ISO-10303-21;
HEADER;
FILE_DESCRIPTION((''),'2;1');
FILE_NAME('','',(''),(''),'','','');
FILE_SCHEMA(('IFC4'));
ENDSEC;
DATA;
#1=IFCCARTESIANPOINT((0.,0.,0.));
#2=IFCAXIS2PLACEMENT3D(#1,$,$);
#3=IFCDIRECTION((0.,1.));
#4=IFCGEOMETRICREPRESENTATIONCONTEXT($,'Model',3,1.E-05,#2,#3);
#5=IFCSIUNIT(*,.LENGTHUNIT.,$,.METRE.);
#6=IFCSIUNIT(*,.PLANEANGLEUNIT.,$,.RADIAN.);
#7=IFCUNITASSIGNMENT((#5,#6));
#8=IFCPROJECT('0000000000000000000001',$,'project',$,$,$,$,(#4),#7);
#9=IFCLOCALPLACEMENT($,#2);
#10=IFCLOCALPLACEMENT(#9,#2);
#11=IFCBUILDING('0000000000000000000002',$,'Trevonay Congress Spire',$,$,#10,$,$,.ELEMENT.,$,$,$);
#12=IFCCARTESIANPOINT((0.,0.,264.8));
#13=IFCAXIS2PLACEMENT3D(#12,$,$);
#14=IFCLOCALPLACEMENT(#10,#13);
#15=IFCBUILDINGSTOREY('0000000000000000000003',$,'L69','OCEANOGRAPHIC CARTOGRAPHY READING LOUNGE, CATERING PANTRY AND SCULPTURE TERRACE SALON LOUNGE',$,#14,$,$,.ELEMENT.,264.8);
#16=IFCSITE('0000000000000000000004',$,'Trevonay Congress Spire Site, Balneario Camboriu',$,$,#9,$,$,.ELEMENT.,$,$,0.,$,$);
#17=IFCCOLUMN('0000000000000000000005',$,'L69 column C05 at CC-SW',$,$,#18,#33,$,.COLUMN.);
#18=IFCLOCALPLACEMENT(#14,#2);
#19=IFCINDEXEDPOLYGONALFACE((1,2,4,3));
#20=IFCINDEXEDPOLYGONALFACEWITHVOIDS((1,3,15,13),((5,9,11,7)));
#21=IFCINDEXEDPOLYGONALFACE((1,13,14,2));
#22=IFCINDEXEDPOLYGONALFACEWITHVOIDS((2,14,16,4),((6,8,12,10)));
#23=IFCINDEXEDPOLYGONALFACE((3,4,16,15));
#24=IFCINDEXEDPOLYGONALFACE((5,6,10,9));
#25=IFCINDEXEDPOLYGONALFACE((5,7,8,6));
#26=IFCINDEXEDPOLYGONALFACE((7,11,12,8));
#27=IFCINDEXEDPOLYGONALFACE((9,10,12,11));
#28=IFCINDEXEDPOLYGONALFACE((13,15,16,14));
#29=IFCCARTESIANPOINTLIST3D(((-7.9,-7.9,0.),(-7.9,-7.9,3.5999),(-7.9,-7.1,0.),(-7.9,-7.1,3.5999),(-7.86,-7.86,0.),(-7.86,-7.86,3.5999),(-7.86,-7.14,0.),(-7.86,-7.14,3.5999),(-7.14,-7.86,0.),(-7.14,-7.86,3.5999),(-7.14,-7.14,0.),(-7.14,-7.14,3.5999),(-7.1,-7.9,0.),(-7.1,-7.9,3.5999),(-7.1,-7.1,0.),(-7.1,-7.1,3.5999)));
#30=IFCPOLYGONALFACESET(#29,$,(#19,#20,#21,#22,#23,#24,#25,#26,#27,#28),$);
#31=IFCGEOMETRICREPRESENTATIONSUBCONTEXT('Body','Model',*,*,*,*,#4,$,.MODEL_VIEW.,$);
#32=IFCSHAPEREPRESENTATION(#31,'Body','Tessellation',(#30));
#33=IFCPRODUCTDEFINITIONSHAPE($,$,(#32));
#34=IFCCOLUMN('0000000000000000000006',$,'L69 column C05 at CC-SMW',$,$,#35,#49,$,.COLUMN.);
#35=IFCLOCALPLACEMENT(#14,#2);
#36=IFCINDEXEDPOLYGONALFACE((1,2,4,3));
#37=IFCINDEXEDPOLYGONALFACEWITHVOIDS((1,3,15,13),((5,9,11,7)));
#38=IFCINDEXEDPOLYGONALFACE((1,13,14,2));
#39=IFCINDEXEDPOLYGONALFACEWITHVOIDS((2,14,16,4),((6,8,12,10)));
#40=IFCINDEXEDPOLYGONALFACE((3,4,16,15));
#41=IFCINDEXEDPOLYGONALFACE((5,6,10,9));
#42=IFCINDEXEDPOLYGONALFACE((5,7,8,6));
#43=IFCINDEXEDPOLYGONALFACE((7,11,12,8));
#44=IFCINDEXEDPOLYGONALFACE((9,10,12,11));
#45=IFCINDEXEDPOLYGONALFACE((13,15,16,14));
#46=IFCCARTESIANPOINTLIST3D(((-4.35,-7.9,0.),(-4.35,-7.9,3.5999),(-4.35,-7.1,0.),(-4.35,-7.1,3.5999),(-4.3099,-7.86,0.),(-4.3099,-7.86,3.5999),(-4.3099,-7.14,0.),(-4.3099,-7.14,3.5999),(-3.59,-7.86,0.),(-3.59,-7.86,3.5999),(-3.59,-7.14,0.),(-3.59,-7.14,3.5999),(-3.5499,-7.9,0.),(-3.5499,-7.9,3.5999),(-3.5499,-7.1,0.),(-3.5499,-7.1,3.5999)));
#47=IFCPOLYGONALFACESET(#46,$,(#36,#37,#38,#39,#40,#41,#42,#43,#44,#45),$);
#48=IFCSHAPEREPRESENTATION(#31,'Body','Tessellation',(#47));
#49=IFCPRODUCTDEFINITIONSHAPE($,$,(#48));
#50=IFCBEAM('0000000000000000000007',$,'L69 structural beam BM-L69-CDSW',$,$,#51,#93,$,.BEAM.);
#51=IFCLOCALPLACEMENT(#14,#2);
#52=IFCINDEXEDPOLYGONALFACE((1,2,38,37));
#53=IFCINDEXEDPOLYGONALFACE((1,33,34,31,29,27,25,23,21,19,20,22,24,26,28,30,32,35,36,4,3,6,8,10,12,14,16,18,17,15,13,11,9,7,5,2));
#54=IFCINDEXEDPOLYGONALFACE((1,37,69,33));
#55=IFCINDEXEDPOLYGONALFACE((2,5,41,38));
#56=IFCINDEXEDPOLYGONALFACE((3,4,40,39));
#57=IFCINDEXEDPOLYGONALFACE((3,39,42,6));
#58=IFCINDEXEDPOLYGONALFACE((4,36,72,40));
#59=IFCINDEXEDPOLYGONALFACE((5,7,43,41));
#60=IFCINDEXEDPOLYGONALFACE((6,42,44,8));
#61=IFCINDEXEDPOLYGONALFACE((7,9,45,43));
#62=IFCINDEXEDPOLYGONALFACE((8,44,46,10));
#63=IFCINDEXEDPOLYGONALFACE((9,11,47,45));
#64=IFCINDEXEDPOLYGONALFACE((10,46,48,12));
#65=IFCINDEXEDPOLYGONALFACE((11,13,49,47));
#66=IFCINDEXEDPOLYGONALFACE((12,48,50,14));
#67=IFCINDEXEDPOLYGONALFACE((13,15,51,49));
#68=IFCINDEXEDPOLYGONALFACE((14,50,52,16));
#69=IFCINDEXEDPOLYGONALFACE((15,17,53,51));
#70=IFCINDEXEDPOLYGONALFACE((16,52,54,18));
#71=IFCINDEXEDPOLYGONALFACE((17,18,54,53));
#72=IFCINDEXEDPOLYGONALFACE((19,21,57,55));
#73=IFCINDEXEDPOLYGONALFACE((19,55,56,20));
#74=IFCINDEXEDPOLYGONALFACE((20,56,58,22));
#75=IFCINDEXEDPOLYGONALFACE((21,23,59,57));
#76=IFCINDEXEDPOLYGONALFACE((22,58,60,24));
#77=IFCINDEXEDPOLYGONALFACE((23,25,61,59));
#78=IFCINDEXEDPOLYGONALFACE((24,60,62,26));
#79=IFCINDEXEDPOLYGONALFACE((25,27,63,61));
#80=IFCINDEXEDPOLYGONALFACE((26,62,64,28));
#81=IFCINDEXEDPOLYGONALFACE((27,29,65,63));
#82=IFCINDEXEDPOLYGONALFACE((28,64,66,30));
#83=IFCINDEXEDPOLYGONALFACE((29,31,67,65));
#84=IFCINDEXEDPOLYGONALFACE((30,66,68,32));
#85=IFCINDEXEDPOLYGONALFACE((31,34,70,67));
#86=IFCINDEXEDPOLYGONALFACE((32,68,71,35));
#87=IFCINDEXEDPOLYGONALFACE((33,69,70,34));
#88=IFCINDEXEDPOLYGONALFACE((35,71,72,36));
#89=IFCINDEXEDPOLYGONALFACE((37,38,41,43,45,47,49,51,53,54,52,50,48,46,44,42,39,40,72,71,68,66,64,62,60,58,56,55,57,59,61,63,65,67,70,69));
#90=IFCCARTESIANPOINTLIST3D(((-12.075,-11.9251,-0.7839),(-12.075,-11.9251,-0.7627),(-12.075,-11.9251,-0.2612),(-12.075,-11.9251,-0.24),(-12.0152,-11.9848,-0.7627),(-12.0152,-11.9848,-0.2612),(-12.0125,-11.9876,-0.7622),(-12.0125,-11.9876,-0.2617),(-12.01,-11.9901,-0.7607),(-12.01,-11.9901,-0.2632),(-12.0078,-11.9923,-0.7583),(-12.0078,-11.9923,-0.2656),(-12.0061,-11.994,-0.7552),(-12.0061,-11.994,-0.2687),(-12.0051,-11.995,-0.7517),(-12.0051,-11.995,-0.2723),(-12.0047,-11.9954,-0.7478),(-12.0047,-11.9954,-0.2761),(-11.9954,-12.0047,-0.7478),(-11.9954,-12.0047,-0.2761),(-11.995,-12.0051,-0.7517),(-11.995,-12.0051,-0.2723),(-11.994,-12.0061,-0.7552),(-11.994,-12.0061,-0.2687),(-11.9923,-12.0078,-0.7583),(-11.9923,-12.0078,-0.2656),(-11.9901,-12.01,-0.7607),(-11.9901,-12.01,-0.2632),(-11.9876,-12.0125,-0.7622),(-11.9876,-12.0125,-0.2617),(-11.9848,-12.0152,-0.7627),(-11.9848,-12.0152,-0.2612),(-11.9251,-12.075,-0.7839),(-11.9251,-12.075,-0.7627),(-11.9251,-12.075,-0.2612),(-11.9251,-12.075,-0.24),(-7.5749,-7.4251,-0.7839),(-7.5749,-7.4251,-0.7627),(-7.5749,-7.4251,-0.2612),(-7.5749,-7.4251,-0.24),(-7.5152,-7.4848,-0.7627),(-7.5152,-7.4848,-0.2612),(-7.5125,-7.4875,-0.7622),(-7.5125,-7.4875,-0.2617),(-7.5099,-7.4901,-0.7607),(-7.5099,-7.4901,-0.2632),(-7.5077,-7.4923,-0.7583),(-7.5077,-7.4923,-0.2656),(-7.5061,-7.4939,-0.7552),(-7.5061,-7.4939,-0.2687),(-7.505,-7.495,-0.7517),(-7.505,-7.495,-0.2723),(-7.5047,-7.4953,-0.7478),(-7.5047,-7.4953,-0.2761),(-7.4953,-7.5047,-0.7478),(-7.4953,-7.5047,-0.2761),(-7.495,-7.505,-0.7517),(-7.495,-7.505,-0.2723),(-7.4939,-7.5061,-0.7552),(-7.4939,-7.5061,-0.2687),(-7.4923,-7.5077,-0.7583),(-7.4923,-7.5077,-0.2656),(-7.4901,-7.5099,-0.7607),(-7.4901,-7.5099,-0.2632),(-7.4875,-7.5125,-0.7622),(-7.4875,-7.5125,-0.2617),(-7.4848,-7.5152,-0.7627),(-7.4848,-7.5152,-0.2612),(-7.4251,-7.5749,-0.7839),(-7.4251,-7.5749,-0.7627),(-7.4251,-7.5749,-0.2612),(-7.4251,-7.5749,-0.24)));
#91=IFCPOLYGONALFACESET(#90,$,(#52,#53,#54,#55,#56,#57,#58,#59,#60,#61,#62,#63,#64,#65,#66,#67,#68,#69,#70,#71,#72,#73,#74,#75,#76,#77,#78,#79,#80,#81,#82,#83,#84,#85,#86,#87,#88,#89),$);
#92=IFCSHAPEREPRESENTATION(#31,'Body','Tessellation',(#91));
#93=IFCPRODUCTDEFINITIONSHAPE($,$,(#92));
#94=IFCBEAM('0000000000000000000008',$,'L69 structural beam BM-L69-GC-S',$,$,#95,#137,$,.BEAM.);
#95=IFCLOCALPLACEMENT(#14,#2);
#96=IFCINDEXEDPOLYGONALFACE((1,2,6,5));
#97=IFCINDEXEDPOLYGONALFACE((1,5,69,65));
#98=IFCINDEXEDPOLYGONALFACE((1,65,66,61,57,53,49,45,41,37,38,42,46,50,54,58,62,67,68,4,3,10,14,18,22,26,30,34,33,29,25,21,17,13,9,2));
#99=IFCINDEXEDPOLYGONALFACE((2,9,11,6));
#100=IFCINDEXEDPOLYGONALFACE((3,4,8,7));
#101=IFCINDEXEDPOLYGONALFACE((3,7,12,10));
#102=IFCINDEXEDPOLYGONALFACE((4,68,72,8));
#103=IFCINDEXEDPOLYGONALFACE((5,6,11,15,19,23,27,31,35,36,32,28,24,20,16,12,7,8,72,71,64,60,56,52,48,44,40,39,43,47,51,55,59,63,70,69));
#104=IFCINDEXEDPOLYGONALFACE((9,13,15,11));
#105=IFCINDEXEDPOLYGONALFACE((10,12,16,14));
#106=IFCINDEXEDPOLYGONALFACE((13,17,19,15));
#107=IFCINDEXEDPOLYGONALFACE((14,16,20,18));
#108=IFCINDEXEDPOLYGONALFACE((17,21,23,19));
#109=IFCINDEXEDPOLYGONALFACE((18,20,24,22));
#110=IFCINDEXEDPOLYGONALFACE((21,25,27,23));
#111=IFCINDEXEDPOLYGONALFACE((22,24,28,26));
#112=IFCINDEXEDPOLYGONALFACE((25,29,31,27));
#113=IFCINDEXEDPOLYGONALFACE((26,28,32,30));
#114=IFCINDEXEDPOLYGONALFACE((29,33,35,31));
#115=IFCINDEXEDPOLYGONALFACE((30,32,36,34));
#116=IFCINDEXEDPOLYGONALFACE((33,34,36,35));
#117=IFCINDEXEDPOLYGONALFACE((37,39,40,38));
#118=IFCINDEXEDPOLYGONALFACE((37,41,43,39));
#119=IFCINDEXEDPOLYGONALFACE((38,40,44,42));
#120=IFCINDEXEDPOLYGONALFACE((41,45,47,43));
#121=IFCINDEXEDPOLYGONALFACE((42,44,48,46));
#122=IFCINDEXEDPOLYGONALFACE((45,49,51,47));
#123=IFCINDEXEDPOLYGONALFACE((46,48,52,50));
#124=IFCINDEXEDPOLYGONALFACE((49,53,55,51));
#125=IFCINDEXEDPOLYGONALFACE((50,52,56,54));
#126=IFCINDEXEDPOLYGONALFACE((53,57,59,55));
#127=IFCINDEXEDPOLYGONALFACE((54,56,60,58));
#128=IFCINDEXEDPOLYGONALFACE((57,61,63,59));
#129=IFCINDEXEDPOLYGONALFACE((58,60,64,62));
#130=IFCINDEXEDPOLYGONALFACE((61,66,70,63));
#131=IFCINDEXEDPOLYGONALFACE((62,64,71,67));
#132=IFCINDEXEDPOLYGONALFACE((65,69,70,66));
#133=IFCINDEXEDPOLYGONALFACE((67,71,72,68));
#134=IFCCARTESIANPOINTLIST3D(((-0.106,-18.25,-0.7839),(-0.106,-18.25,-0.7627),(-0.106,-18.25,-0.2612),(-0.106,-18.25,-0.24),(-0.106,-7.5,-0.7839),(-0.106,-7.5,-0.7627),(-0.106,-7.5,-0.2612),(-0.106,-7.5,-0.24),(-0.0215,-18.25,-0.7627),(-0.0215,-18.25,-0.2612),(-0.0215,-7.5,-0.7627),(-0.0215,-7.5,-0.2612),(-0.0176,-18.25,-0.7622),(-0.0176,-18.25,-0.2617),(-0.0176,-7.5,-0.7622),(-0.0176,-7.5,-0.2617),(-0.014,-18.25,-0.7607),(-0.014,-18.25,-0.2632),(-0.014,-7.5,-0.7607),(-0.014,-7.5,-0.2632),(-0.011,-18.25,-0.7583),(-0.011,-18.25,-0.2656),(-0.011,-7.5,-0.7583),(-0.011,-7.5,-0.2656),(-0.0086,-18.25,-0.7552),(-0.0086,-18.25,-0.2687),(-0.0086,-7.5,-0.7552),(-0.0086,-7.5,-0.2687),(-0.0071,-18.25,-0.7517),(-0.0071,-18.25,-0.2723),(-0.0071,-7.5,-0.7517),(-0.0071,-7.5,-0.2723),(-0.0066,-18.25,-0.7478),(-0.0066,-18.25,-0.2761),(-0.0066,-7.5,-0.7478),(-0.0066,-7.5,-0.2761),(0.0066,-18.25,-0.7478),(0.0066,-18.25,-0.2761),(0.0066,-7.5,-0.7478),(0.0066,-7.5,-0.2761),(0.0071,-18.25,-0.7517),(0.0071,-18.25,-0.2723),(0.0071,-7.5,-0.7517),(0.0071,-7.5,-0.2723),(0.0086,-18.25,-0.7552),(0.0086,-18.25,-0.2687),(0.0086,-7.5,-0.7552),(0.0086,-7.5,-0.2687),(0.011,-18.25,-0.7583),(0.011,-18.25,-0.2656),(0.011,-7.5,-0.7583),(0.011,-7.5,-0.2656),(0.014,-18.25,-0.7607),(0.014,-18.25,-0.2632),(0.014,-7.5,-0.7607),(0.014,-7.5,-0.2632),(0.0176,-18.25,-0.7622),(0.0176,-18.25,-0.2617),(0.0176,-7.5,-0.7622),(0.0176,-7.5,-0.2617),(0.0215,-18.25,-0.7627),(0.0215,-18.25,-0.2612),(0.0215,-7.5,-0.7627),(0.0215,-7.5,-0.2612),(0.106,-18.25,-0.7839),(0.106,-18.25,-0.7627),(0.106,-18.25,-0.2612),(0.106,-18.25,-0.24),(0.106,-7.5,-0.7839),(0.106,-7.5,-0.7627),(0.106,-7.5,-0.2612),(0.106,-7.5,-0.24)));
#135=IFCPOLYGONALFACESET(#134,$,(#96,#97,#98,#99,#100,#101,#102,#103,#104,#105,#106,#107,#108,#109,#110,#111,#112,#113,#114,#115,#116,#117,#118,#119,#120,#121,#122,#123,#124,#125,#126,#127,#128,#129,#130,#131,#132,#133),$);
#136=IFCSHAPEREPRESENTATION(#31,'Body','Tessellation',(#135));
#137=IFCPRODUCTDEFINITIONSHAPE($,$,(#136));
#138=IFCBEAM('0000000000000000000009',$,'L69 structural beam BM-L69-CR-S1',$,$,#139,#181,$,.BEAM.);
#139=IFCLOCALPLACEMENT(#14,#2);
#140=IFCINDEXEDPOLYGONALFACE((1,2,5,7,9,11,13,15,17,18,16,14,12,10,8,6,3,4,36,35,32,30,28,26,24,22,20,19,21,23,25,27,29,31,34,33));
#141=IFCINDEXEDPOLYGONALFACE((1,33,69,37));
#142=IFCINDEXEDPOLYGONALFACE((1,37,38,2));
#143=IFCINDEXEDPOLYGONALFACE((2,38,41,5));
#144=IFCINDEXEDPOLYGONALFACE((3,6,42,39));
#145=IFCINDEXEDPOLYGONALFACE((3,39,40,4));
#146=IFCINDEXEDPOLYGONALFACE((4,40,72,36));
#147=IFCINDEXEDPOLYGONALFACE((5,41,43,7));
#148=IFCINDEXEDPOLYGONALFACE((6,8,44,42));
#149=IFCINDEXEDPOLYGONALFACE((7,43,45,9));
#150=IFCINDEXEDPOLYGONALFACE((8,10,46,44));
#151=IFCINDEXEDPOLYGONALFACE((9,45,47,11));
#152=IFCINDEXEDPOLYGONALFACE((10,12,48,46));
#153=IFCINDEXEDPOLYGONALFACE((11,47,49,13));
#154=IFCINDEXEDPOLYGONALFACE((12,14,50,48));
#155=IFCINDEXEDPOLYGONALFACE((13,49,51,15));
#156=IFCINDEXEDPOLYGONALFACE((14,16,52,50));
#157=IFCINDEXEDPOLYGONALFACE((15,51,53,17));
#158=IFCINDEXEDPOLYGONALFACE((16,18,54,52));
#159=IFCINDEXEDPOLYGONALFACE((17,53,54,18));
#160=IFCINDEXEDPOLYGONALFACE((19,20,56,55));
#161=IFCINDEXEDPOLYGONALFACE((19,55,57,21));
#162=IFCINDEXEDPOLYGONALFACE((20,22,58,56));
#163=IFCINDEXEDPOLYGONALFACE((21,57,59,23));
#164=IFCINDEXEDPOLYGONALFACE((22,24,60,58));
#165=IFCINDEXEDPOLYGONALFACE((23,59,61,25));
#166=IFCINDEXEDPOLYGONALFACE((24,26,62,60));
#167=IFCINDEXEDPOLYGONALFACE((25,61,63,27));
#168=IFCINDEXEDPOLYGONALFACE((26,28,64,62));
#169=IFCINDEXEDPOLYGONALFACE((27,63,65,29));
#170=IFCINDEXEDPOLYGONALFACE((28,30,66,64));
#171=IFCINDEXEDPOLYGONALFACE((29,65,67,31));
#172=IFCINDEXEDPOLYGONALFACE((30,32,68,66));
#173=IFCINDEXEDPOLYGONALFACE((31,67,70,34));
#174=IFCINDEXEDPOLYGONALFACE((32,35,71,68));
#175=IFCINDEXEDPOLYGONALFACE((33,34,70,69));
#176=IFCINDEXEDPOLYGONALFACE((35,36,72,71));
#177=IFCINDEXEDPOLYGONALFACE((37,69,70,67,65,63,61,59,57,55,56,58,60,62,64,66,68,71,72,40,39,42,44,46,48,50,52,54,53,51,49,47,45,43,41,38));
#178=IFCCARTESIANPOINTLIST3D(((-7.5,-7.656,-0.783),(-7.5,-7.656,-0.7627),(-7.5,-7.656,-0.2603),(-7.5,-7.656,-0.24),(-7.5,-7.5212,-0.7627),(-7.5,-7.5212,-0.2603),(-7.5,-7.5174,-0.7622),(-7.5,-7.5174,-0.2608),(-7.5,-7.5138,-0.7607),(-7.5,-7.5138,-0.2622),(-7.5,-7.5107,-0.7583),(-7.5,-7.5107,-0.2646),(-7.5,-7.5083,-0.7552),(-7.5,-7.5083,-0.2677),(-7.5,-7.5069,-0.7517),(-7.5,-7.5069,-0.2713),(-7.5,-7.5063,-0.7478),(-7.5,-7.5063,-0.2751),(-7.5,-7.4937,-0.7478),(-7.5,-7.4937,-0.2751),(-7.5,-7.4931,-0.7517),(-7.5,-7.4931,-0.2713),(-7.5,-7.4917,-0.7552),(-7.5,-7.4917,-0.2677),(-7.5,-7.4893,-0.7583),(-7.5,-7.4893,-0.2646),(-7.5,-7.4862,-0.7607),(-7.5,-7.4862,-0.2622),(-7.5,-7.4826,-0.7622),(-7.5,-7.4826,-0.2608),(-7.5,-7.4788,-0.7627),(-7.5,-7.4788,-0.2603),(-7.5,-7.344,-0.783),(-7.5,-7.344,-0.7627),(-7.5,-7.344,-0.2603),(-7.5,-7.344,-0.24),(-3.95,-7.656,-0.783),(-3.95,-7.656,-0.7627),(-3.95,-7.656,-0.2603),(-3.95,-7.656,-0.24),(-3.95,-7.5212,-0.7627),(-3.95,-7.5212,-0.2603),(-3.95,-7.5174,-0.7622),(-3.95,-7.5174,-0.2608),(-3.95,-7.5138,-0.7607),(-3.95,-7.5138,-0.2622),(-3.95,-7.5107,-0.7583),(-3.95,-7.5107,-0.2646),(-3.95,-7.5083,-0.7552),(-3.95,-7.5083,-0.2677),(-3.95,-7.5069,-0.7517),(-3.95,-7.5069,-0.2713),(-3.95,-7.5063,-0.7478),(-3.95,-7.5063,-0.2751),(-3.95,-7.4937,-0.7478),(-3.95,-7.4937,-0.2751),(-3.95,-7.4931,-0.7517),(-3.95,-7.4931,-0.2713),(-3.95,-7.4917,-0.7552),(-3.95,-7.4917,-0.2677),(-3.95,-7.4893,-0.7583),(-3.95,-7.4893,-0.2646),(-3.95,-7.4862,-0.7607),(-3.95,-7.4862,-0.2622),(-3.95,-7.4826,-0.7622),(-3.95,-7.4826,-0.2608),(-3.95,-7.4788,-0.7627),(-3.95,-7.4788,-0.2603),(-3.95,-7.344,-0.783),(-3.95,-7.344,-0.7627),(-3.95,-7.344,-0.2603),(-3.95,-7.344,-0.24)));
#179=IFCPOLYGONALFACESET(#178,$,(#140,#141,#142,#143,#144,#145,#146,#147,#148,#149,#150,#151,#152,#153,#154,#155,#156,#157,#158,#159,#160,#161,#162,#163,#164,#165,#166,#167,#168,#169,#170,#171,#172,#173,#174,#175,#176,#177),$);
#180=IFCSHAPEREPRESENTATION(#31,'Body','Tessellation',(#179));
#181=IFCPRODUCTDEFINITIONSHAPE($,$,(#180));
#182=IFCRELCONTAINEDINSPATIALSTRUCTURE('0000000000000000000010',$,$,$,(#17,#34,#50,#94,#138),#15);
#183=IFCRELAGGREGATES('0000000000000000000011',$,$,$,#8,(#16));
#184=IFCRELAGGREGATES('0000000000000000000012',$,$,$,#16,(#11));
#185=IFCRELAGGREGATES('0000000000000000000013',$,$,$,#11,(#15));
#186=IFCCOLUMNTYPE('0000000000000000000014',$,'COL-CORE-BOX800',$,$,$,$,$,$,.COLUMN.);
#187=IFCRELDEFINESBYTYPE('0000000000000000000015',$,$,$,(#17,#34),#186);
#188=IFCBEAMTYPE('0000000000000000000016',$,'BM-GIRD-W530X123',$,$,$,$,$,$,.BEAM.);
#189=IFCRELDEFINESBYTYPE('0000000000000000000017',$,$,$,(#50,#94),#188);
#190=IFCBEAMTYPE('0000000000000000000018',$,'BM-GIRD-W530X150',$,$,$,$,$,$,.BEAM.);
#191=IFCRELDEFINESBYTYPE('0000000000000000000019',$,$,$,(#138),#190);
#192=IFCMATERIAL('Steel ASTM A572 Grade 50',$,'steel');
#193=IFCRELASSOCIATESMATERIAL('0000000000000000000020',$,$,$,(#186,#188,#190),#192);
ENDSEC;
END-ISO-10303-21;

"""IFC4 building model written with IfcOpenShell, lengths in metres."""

from ifc_helpers import new_model, si_unit, direction, frame, origin, origin_2d, place, context, subcontext, project, spatial, hollow_rectangle, i_section, extrude, material, material_profile, profile_set, type_object, element, save


model = new_model("IFC4")

# Units and contexts
model_context = context("Model", 3, precision=1e-05, world=origin(), true_north=direction((0.0, 1.0)))
body_context = subcontext(model_context, "Body", "Model", "MODEL_VIEW")
ifc_project = project(units=[si_unit("LENGTHUNIT", "METRE"), si_unit("PLANEANGLEUNIT", "RADIAN")], contexts=[model_context])

# Site, building, storey
site_placement = place(None, origin())
site = spatial("IfcSite", under=ifc_project, at=site_placement, Name="Trevonay Congress Spire Site, Balneario Camboriu", CompositionType="ELEMENT", RefElevation=0.0)
building_placement = place(site_placement, origin())
building = spatial("IfcBuilding", under=site, at=building_placement, Name="Trevonay Congress Spire", CompositionType="ELEMENT")
storey_placement = place(building_placement, frame((0.0, 0.0, 264.8)))
storey = spatial("IfcBuildingStorey", under=building, at=storey_placement, Name="L69", Description="OCEANOGRAPHIC CARTOGRAPHY READING LOUNGE, CATERING PANTRY AND SCULPTURE TERRACE SALON LOUNGE", CompositionType="ELEMENT", Elevation=264.8)

# Columns
ifc_material_1 = material(Name="Steel ASTM A572 Grade 50", Category="steel")
ifc_material_profile_1 = material_profile(ifc_material_1, hollow_rectangle(XDim=0.8, YDim=0.8, WallThickness=0.04, at=origin_2d()), Name="BOX 800x800x40")
ifc_profile_set_1 = profile_set([ifc_material_profile_1], Name="Steel ASTM A572 Grade 50")
column_type = type_object("IfcColumnType", Name="COL-CORE-BOX800", PredefinedType="COLUMN", material=ifc_profile_set_1)
for number, where, z_axis, x_axis, name in (
    (1, (-7.5, -7.5, 0.0), (0.0, 0.0, 1.0), (1.0, 0.0, 0.0), "L69 column C05 at CC-SW"),
    (2, (-3.95, -7.5, 0.0), (0.0, 0.0, 1.0), (1.0, 0.0, 0.0), "L69 column C05 at CC-SMW"),
):
    element("IfcColumn", number, at=place(storey_placement, frame(where, z_axis=z_axis, x_axis=x_axis)), inside=storey, type_object=column_type, Name=name, PredefinedType="COLUMN", context=body_context, shape_type="SweptSolid", body=[
        extrude(hollow_rectangle(XDim=0.8, YDim=0.8, WallThickness=0.04, at=origin_2d()), origin(), (0.0, 0.0, 1.0), 3.5999),
    ])

# Beams
ifc_material_profile_2 = material_profile(ifc_material_1, i_section(OverallWidth=0.2119, OverallDepth=0.5439, WebThickness=0.0132, FlangeThickness=0.0212, FilletRadius=0.0149, at=origin_2d()), Name="W530x123")
ifc_profile_set_2 = profile_set([ifc_material_profile_2], Name="Steel ASTM A572 Grade 50")
beam_type_1 = type_object("IfcBeamType", Name="BM-GIRD-W530X123", PredefinedType="BEAM", material=ifc_profile_set_2)
beam_1_placement = place(storey_placement, frame((-7.5, -7.5, -0.512), z_axis=(-0.707107, -0.707107, 0.0), x_axis=(0.707107, -0.707107, 0.0)))
element("IfcBeam", 3, at=beam_1_placement, inside=storey, type_object=beam_type_1, Name="L69 structural beam BM-L69-CDSW", PredefinedType="BEAM", context=body_context, shape_type="SweptSolid", body=[
    extrude(i_section(OverallWidth=0.2119, OverallDepth=0.5439, WebThickness=0.0132, FlangeThickness=0.0212, FilletRadius=0.0149, at=origin_2d()), origin(), (0.0, 0.0, 1.0), 6.364),
])
beam_2_placement = place(storey_placement, frame((0.0, -7.5, -0.512), z_axis=(0.0, -1.0, 0.0), x_axis=(1.0, 0.0, 0.0)))
element("IfcBeam", 4, at=beam_2_placement, inside=storey, type_object=beam_type_1, Name="L69 structural beam BM-L69-GC-S", PredefinedType="BEAM", context=body_context, shape_type="SweptSolid", body=[
    extrude(i_section(OverallWidth=0.2119, OverallDepth=0.5439, WebThickness=0.0132, FlangeThickness=0.0212, FilletRadius=0.0149, at=origin_2d()), origin(), (0.0, 0.0, 1.0), 10.75),
])
ifc_material_profile_3 = material_profile(ifc_material_1, i_section(OverallWidth=0.312, OverallDepth=0.543, WebThickness=0.0127, FlangeThickness=0.0203, FilletRadius=0.0149, at=origin_2d()), Name="W530x150")
ifc_profile_set_3 = profile_set([ifc_material_profile_3], Name="Steel ASTM A572 Grade 50")
beam_type_2 = type_object("IfcBeamType", Name="BM-GIRD-W530X150", PredefinedType="BEAM", material=ifc_profile_set_3)
beam_3_placement = place(storey_placement, frame((-7.5, -7.5, -0.5115), z_axis=(1.0, 0.0, 0.0), x_axis=(0.0, 1.0, 0.0)))
element("IfcBeam", 5, at=beam_3_placement, inside=storey, type_object=beam_type_2, Name="L69 structural beam BM-L69-CR-S1", PredefinedType="BEAM", context=body_context, shape_type="SweptSolid", body=[
    extrude(i_section(OverallWidth=0.312, OverallDepth=0.543, WebThickness=0.0127, FlangeThickness=0.0203, FilletRadius=0.0149, at=origin_2d()), origin(), (0.0, 0.0, 1.0), 3.55),
])

save(model, "model.ifc")
